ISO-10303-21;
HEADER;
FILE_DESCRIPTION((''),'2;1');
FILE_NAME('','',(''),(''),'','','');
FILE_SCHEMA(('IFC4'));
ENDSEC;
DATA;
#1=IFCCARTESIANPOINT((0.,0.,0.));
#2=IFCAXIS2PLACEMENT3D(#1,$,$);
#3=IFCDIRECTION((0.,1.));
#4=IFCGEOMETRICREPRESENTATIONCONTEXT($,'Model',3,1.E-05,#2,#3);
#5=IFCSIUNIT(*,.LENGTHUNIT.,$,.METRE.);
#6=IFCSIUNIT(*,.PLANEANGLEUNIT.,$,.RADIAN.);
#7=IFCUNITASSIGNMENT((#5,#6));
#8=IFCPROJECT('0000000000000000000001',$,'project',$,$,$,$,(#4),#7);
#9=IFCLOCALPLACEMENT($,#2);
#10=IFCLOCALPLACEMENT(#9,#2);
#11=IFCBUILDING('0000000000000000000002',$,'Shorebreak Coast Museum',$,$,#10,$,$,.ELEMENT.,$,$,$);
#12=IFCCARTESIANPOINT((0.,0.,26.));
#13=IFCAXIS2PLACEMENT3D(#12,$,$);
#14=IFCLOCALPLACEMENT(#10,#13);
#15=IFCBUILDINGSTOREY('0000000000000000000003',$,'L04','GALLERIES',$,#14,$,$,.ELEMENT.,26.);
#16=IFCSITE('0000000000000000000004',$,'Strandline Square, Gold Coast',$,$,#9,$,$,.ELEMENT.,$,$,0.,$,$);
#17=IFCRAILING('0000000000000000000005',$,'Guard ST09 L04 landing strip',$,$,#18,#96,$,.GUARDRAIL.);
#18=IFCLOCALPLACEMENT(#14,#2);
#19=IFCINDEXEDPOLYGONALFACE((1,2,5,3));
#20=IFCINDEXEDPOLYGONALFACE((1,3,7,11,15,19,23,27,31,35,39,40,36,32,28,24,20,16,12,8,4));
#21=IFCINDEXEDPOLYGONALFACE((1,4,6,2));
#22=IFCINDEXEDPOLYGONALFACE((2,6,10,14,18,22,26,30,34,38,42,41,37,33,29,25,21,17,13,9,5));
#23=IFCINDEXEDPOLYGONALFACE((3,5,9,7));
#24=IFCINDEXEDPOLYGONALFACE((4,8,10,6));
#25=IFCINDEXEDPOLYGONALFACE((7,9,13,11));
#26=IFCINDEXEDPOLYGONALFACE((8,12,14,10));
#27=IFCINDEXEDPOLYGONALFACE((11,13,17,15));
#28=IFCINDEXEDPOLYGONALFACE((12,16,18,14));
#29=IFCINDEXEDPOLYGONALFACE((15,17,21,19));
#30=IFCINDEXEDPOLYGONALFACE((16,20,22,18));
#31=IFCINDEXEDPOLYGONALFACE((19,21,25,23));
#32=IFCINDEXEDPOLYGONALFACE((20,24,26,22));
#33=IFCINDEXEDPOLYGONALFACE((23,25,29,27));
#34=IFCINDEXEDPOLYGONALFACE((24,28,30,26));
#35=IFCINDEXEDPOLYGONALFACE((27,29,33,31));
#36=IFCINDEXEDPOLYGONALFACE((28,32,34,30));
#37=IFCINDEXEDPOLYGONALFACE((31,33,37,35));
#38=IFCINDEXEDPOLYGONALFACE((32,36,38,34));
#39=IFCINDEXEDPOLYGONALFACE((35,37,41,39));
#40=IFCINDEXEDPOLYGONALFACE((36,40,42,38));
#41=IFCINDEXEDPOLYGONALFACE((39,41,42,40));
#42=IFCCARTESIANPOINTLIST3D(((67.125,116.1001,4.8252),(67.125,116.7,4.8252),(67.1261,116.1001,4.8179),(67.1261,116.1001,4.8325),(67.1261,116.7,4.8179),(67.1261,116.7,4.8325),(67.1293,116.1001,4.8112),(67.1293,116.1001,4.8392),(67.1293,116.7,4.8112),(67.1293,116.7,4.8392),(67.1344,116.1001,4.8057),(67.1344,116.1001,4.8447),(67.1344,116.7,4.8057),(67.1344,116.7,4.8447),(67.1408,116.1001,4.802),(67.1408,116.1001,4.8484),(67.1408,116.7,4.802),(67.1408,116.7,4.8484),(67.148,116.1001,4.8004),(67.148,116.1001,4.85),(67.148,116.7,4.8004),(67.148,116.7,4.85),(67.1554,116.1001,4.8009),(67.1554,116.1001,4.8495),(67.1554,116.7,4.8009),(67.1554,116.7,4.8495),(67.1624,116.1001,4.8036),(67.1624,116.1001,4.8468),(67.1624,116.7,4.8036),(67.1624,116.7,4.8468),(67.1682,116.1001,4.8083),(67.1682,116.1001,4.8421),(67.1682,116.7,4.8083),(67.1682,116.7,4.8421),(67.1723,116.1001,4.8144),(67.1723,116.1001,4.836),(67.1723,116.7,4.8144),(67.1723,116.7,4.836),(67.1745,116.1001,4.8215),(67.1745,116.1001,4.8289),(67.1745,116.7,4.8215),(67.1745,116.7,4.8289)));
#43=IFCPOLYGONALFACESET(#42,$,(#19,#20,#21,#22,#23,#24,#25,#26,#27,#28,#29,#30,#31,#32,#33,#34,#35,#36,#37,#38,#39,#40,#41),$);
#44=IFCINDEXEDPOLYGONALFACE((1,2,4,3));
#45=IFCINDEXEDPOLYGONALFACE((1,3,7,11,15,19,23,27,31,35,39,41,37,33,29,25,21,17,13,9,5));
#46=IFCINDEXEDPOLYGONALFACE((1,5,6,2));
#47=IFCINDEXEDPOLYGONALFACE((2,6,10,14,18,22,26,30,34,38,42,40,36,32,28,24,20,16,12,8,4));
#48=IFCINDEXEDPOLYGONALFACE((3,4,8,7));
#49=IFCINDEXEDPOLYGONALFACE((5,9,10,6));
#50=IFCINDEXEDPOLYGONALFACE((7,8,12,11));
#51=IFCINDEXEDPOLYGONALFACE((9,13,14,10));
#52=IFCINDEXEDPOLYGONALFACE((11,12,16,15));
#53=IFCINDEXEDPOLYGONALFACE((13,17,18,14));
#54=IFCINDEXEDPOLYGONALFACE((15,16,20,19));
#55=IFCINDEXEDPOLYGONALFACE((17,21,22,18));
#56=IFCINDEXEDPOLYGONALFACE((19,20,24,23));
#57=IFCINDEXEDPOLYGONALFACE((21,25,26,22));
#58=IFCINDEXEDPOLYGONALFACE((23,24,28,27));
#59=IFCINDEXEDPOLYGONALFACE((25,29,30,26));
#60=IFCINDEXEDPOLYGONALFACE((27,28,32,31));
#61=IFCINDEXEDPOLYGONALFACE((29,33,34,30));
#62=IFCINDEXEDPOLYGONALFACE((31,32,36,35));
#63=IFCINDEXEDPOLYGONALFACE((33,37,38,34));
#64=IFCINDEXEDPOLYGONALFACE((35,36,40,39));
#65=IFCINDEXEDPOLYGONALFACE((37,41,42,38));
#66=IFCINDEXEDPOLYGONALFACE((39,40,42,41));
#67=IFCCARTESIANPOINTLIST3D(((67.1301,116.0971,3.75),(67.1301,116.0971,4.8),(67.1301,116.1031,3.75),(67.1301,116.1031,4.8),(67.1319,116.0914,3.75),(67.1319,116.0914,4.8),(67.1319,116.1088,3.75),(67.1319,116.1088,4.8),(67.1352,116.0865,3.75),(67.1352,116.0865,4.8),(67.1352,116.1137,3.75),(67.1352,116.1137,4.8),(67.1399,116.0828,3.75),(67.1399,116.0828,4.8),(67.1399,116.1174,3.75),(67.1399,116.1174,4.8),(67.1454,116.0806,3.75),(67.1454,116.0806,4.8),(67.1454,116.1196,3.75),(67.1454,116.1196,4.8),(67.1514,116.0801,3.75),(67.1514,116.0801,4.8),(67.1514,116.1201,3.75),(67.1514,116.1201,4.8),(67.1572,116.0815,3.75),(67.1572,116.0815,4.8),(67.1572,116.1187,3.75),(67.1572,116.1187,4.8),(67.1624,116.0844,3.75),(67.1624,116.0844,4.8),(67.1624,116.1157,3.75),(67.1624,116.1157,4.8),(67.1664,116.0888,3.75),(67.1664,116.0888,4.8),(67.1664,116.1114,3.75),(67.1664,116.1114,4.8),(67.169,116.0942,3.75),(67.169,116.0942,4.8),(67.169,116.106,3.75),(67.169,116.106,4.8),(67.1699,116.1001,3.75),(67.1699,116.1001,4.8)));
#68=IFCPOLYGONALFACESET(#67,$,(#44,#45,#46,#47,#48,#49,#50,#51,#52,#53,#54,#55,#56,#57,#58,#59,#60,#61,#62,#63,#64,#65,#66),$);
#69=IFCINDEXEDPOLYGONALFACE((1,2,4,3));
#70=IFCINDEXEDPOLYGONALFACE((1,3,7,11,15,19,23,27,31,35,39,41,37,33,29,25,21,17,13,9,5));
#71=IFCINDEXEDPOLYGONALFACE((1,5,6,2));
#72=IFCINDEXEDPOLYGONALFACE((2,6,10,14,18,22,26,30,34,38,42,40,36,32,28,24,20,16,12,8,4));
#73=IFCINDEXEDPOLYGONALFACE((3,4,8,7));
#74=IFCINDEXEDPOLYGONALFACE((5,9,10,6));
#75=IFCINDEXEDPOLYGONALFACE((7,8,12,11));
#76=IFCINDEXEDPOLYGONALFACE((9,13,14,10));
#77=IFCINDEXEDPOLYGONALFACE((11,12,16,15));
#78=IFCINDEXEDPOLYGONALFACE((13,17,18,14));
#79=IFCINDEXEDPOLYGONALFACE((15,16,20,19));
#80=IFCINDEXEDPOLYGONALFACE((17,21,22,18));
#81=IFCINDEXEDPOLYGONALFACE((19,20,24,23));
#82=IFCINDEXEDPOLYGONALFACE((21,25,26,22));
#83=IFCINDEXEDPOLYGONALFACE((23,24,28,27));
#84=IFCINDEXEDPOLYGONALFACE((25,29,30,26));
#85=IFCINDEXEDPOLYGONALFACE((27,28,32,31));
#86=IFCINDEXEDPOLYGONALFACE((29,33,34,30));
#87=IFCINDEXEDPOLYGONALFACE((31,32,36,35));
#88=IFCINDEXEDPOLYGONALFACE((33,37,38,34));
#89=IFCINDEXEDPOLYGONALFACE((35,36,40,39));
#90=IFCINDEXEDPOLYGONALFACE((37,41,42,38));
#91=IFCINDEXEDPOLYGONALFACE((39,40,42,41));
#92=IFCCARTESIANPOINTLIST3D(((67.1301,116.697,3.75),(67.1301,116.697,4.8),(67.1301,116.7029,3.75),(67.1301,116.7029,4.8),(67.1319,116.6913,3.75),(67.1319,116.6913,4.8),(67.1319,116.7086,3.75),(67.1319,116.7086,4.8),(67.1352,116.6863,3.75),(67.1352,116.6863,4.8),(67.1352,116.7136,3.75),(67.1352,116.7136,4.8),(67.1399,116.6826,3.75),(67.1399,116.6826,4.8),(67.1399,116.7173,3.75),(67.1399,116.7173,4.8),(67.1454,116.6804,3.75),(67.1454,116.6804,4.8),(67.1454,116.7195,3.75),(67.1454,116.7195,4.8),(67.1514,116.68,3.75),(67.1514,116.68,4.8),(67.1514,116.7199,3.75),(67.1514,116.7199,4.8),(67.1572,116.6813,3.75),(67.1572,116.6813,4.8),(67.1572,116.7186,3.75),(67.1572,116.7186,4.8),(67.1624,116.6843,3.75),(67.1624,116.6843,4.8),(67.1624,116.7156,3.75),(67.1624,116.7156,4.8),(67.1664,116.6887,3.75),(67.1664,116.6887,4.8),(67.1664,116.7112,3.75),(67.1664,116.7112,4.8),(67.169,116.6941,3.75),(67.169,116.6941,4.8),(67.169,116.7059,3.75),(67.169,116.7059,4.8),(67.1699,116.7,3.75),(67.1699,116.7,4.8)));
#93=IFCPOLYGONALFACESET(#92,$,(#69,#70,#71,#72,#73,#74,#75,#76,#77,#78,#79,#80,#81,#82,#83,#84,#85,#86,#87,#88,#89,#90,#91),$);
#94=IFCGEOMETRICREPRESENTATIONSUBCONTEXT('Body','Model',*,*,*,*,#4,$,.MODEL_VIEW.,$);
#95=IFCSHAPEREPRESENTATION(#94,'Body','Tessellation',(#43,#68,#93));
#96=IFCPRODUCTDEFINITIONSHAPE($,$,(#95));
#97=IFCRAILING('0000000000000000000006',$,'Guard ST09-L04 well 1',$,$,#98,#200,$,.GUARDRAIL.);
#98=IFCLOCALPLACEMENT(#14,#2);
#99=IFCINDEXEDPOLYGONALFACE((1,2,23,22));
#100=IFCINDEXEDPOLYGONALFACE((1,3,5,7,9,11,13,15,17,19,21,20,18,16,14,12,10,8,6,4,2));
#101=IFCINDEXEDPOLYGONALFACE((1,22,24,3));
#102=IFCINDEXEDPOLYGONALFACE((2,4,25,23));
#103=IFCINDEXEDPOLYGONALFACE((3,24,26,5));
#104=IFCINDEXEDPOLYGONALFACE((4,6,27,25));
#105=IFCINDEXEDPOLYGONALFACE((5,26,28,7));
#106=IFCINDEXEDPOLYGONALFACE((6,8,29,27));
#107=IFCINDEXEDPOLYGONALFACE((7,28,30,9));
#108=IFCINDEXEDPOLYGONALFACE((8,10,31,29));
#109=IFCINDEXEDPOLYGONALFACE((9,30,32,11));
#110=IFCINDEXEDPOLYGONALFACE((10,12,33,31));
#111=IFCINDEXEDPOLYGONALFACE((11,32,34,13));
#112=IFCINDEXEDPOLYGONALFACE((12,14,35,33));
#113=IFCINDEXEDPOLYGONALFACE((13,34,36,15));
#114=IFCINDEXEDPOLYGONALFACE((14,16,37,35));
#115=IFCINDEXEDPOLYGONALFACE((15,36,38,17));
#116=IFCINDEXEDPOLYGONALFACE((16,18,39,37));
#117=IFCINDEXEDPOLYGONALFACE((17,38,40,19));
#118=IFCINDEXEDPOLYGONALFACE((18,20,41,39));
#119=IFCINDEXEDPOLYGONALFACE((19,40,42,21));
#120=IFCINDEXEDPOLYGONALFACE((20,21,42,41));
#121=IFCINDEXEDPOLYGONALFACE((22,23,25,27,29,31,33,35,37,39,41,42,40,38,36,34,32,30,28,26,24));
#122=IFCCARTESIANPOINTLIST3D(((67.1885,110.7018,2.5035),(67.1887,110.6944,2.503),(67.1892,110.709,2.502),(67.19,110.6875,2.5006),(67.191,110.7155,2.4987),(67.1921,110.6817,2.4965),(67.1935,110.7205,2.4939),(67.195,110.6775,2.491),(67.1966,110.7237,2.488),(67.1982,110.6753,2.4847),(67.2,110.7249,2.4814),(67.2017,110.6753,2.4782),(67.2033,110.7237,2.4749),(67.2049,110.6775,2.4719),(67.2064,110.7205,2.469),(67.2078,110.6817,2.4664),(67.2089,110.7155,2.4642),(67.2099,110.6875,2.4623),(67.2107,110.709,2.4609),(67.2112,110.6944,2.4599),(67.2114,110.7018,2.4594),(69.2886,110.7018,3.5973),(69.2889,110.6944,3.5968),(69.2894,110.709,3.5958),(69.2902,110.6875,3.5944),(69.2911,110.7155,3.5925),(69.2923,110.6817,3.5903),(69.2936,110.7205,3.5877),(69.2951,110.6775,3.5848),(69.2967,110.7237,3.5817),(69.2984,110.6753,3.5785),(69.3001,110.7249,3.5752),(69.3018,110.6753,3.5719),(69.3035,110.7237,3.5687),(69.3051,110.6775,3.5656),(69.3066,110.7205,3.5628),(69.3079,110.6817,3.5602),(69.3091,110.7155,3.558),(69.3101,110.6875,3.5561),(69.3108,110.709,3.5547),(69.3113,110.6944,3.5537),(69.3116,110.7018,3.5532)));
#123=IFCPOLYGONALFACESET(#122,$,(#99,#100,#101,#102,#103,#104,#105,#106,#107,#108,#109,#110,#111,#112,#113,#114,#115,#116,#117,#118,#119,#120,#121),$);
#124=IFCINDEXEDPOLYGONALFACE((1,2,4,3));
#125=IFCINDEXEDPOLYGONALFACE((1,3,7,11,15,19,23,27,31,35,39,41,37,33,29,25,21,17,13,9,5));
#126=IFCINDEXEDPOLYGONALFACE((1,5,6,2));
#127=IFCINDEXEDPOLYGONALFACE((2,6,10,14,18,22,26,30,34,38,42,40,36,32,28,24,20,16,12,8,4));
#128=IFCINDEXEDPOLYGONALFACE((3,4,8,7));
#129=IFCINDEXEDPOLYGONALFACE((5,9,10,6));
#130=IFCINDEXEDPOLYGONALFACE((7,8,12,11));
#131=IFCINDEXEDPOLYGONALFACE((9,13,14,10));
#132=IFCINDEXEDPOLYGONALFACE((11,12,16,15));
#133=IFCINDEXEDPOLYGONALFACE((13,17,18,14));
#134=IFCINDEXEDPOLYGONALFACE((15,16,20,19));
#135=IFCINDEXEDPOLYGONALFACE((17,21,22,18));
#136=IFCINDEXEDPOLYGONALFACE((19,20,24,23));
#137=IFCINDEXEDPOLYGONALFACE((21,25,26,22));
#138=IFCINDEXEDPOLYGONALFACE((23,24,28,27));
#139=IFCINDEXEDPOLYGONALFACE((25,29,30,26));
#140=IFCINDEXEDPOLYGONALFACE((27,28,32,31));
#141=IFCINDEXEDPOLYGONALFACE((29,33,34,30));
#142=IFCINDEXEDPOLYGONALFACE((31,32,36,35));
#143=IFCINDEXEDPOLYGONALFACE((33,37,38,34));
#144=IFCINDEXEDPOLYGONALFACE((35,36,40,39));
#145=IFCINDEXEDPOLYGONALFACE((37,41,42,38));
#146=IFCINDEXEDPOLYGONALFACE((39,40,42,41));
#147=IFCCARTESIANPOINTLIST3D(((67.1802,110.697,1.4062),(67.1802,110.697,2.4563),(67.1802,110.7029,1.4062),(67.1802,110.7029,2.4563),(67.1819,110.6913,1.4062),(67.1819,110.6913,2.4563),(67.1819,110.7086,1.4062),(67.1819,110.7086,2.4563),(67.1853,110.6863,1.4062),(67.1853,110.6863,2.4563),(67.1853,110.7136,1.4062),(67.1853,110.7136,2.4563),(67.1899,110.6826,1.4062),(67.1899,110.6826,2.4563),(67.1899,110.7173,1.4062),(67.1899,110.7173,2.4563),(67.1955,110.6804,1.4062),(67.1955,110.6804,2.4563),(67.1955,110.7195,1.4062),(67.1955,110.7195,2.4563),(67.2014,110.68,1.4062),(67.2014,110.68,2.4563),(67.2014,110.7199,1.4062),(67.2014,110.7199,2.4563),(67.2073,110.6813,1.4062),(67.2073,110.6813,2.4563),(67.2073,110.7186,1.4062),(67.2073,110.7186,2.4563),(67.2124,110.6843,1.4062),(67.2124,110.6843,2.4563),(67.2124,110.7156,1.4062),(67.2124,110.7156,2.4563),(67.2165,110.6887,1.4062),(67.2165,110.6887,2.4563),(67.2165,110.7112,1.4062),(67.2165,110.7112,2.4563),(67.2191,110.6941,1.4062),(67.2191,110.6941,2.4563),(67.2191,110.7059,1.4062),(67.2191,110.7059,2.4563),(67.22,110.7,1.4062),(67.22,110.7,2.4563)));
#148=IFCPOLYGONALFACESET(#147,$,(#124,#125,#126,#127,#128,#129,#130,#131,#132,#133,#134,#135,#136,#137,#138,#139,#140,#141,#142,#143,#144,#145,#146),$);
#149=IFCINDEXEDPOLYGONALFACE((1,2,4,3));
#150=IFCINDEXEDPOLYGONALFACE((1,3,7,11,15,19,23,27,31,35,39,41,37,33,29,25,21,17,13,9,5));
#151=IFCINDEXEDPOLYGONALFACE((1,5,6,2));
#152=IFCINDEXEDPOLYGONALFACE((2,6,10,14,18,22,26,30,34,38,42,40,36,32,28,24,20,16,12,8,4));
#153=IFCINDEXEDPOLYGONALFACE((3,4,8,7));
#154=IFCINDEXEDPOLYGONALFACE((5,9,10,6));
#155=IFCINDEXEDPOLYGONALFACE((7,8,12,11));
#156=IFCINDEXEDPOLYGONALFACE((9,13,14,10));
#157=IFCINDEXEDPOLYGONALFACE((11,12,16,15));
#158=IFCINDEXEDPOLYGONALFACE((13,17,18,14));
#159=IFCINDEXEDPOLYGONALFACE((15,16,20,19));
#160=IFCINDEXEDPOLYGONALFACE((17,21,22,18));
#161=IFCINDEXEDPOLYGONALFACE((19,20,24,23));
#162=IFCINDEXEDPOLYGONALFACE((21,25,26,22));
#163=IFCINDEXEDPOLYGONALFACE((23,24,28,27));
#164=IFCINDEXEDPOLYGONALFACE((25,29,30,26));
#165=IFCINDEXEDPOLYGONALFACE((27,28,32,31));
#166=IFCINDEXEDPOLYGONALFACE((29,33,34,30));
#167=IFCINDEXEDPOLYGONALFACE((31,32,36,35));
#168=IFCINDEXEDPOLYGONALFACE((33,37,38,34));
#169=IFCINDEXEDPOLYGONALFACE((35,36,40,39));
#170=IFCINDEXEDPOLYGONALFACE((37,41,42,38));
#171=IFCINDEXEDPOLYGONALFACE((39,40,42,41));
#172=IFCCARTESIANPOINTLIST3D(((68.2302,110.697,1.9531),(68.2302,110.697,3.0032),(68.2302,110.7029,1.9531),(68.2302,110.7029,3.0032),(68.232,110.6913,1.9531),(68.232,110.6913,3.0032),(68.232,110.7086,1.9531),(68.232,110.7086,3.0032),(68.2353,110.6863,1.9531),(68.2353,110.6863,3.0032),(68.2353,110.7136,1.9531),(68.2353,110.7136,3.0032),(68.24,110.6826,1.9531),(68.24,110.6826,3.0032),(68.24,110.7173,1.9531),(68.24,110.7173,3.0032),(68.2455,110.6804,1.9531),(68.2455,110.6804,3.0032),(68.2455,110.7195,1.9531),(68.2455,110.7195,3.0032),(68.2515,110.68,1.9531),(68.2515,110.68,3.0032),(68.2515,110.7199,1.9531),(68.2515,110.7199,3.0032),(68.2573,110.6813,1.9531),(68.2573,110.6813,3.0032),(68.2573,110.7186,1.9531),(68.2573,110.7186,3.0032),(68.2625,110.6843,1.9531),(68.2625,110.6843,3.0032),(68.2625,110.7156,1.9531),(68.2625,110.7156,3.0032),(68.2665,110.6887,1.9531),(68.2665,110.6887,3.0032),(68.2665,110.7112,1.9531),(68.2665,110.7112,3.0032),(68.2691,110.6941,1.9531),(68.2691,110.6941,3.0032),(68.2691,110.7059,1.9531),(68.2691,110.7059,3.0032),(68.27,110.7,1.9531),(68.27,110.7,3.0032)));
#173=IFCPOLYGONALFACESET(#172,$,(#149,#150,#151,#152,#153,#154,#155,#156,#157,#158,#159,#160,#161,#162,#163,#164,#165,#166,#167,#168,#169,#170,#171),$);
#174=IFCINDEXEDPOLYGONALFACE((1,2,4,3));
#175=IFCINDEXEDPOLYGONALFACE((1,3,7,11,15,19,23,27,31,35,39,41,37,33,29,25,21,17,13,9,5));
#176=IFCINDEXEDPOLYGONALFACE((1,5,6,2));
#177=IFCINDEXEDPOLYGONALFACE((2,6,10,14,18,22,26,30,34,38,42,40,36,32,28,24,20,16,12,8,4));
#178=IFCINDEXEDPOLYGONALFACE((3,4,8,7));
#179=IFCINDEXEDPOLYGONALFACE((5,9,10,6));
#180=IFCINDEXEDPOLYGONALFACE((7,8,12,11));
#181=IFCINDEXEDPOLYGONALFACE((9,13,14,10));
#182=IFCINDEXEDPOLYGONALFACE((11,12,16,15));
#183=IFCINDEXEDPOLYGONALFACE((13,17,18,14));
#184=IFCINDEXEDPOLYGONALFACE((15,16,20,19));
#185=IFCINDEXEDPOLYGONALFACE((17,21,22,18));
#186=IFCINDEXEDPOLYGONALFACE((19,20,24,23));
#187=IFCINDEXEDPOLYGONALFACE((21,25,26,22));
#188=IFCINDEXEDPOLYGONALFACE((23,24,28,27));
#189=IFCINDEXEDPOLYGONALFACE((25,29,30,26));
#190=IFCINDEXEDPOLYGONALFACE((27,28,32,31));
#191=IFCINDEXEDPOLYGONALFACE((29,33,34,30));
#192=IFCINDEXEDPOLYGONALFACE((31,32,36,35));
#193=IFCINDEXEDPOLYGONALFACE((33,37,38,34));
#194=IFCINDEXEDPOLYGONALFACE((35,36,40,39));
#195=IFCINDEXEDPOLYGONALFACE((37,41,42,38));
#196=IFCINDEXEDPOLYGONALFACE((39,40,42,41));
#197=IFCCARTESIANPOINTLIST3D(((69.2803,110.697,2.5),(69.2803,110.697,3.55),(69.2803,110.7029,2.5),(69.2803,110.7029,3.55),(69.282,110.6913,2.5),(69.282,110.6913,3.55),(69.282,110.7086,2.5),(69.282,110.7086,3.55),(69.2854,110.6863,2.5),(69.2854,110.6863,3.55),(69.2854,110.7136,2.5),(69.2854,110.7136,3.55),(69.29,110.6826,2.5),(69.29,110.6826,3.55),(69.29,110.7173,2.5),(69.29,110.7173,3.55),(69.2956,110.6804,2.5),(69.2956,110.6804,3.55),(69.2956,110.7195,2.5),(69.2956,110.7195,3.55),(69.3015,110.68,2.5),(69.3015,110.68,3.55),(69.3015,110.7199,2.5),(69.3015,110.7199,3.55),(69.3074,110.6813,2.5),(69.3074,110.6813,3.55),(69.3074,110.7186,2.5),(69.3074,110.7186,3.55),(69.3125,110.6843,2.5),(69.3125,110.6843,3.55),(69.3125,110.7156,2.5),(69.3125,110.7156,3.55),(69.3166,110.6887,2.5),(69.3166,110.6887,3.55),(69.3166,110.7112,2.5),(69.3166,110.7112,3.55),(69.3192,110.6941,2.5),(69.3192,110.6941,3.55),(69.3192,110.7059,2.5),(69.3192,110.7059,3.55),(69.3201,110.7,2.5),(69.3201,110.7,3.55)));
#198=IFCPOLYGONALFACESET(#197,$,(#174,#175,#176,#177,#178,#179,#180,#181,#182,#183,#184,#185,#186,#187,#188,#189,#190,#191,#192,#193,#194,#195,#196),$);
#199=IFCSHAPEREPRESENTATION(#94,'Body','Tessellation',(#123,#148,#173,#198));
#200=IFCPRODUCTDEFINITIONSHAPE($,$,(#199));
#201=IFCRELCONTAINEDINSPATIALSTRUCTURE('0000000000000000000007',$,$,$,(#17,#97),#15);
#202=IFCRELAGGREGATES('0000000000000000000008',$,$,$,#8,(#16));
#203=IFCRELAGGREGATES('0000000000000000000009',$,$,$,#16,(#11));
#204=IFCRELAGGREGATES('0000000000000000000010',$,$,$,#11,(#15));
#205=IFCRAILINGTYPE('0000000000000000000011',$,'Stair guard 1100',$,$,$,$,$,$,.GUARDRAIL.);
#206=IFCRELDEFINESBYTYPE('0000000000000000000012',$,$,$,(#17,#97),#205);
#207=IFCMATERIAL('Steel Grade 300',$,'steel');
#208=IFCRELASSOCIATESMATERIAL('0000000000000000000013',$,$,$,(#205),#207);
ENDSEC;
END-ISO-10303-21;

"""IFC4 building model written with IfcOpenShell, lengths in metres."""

from ifc_helpers import new_model, si_unit, direction, frame, origin, origin_2d, place, context, subcontext, project, spatial, circle, extrude, material, type_object, element, save


model = new_model("IFC4")

# Units and contexts
model_context = context("Model", 3, precision=1e-05, world=origin(), true_north=direction((0.0, 1.0)))
body_context = subcontext(model_context, "Body", "Model", "MODEL_VIEW")
ifc_project = project(units=[si_unit("LENGTHUNIT", "METRE"), si_unit("PLANEANGLEUNIT", "RADIAN")], contexts=[model_context])

# Site, building, storey
site_placement = place(None, origin())
site = spatial("IfcSite", under=ifc_project, at=site_placement, Name="Strandline Square, Gold Coast", CompositionType="ELEMENT", RefElevation=0.0)
building_placement = place(site_placement, origin())
building = spatial("IfcBuilding", under=site, at=building_placement, Name="Shorebreak Coast Museum", CompositionType="ELEMENT")
storey_placement = place(building_placement, frame((0.0, 0.0, 26.0)))
storey = spatial("IfcBuildingStorey", under=building, at=storey_placement, Name="L04", Description="GALLERIES", CompositionType="ELEMENT", Elevation=26.0)

# Railings
ifc_material_1 = material(Name="Steel Grade 300", Category="steel")
railing_type_1 = type_object("IfcRailingType", Name="Stair guard 1100", PredefinedType="GUARDRAIL", material=ifc_material_1)
for number, where, name in (
    (1, (67.1499, 116.1001, 3.75), "Guard ST09 L04 landing strip"),
):
    element("IfcRailing", number, at=place(storey_placement, frame(where)), inside=storey, type_object=railing_type_1, Name=name, PredefinedType="GUARDRAIL", context=body_context, shape_type="SweptSolid", body=[
        extrude(circle(Radius=0.0249, at=origin_2d()), frame((0.0, 0.0, 1.0752), z_axis=(0.0, 1.0, 0.0), x_axis=(-1.0, 0.0, 0.0)), (0.0, 0.0, 1.0), 0.5999),
        extrude(circle(Radius=0.02, at=origin_2d()), origin(), (0.0, 0.0, 1.0), 1.05),
        extrude(circle(Radius=0.02, at=origin_2d()), frame((0.0, 0.5999, 0.0)), (0.0, 0.0, 1.0), 1.05),
    ])
for number, where, name in (
    (2, (67.2, 110.7, 1.4062), "Guard ST09-L04 well 1"),
):
    element("IfcRailing", number, at=place(storey_placement, frame(where)), inside=storey, type_object=railing_type_1, Name=name, PredefinedType="GUARDRAIL", context=body_context, shape_type="SweptSolid", body=[
        extrude(circle(Radius=0.0249, at=origin_2d()), frame((0.0, 0.0, 1.0752), z_axis=(0.886923, 0.0, 0.461918), x_axis=(0.0, 1.0, 0.0)), (0.0, 0.0, 1.0), 2.3679),
        extrude(circle(Radius=0.02, at=origin_2d()), origin(), (0.0, 0.0, 1.0), 1.05),
        extrude(circle(Radius=0.02, at=origin_2d()), frame((1.05, 0.0, 0.5469)), (0.0, 0.0, 1.0), 1.05),
        extrude(circle(Radius=0.02, at=origin_2d()), frame((2.1001, 0.0, 1.0938)), (0.0, 0.0, 1.0), 1.05),
    ])

save(model, "model.ifc")
